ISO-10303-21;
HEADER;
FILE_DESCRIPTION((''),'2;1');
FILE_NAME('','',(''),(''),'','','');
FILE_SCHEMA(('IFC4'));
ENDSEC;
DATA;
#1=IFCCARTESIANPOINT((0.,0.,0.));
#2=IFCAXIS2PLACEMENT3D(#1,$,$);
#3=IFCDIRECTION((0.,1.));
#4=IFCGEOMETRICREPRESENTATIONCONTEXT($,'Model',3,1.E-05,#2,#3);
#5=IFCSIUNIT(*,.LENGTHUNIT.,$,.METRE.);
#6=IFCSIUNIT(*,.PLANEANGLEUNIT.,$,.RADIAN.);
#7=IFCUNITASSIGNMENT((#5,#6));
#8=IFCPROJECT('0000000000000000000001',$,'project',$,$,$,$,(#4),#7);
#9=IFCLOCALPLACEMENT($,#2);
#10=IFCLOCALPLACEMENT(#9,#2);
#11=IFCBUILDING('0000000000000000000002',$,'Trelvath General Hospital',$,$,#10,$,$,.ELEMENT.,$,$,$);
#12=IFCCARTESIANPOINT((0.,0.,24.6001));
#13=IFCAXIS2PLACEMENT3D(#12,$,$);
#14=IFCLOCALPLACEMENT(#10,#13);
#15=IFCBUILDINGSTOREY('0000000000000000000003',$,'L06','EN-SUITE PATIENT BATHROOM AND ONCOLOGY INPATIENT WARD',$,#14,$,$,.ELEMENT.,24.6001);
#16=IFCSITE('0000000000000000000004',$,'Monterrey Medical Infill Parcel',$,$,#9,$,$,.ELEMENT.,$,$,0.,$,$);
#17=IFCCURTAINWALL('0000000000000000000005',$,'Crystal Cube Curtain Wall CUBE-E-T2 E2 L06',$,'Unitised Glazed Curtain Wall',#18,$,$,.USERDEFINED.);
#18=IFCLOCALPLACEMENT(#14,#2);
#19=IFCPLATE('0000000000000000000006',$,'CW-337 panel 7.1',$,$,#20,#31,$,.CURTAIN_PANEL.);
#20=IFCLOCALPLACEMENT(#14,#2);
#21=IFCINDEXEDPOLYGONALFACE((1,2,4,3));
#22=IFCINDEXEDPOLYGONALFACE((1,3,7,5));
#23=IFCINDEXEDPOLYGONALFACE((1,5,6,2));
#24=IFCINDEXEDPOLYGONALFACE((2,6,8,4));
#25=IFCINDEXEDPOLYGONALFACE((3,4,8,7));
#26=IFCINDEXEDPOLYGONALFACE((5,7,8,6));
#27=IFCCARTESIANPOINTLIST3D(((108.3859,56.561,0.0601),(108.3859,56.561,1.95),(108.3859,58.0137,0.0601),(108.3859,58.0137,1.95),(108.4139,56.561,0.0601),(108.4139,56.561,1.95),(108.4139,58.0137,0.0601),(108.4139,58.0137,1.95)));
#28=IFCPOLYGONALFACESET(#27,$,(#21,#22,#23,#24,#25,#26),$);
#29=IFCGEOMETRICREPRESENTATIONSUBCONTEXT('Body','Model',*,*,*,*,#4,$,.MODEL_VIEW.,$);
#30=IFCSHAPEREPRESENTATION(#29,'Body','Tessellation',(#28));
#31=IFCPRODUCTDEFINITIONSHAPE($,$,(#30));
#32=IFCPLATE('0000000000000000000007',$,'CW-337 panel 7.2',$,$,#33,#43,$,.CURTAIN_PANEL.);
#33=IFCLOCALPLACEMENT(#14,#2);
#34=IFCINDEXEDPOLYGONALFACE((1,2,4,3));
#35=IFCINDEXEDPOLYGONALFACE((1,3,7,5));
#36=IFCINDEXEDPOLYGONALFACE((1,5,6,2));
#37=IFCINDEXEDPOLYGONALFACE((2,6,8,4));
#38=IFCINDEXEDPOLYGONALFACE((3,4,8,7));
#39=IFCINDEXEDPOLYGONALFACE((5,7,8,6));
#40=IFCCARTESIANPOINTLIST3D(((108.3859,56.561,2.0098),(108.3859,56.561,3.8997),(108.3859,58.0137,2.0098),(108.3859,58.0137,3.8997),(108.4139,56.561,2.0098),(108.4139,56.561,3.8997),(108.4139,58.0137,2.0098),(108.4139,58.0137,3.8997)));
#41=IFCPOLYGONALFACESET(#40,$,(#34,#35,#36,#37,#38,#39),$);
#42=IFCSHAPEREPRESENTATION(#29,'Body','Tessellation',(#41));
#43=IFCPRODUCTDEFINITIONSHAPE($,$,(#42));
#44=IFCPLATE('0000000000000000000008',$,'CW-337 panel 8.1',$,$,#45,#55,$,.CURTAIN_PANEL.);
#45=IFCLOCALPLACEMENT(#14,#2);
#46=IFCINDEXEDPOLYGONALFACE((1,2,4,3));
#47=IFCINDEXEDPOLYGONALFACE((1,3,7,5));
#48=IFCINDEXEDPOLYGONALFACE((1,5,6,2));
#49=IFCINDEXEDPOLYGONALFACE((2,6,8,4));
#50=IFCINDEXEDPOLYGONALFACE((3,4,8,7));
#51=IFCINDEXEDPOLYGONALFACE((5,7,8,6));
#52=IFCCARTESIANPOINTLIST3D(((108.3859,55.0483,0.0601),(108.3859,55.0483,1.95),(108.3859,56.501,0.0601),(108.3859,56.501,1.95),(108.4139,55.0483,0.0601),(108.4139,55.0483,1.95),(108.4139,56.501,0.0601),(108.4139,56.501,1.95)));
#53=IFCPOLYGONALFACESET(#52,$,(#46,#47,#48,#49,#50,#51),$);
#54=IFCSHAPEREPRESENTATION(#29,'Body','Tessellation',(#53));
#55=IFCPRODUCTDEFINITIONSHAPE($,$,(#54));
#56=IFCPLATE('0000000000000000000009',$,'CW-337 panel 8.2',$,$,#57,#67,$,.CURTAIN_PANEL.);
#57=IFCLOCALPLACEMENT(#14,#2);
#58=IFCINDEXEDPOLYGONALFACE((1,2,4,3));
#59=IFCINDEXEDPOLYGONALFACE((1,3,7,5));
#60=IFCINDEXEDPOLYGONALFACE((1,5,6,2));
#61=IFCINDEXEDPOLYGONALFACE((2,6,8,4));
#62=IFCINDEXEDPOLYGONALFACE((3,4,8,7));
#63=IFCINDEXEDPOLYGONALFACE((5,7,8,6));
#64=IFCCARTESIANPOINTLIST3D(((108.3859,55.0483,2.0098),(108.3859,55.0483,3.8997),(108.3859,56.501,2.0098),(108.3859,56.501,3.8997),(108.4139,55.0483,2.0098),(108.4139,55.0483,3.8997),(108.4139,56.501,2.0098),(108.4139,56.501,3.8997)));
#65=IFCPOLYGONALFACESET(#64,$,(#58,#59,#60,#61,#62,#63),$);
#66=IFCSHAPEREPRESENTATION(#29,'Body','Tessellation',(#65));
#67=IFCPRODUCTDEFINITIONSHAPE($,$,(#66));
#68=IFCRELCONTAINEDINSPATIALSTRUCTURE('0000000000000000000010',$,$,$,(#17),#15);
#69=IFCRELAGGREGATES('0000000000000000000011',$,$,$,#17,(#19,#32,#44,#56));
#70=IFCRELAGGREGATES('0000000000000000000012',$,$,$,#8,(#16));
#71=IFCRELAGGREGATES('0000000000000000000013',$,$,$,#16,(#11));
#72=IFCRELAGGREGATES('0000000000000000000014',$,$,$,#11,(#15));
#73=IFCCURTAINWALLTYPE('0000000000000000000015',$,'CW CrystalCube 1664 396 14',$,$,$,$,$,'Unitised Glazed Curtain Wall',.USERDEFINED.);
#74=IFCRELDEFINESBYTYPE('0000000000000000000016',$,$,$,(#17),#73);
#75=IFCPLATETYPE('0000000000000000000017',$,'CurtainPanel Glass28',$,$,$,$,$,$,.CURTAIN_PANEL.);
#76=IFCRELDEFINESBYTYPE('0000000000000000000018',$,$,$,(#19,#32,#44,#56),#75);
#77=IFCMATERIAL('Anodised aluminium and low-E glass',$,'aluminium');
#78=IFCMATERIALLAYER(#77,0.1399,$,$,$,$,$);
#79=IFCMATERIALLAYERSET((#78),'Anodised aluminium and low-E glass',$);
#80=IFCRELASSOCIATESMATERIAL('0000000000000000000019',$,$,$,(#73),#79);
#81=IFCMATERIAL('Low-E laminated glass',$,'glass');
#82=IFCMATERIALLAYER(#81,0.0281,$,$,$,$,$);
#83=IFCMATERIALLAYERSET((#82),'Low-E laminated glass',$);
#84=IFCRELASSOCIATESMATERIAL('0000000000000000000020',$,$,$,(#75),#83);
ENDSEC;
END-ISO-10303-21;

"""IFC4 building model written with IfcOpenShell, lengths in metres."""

from ifc_helpers import new_model, si_unit, direction, frame, origin, origin_2d, place, context, subcontext, project, spatial, rectangle, extrude, material, layer, layer_set, type_object, element, aggregate, save


model = new_model("IFC4")

# Units and contexts
model_context = context("Model", 3, precision=1e-05, world=origin(), true_north=direction((0.0, 1.0)))
body_context = subcontext(model_context, "Body", "Model", "MODEL_VIEW")
ifc_project = project(units=[si_unit("LENGTHUNIT", "METRE"), si_unit("PLANEANGLEUNIT", "RADIAN")], contexts=[model_context])

# Site, building, storey
site_placement = place(None, origin())
site = spatial("IfcSite", under=ifc_project, at=site_placement, Name="Monterrey Medical Infill Parcel", CompositionType="ELEMENT", RefElevation=0.0)
building_placement = place(site_placement, origin())
building = spatial("IfcBuilding", under=site, at=building_placement, Name="Trelvath General Hospital", CompositionType="ELEMENT")
storey_placement = place(building_placement, frame((0.0, 0.0, 24.6001)))
storey = spatial("IfcBuildingStorey", under=building, at=storey_placement, Name="L06", Description="EN-SUITE PATIENT BATHROOM AND ONCOLOGY INPATIENT WARD", CompositionType="ELEMENT", Elevation=24.6001)

# Curtain wall, plates
ifc_material_1 = material(Name="Anodised aluminium and low-E glass", Category="aluminium")
ifc_layer_1 = layer(ifc_material_1, 0.1399)
ifc_layer_set_1 = layer_set([ifc_layer_1], Name="Anodised aluminium and low-E glass")
curtain_wall_type = type_object("IfcCurtainWallType", Name="CW CrystalCube 1664 396 14", ElementType="Unitised Glazed Curtain Wall", PredefinedType="USERDEFINED", material=ifc_layer_set_1)
curtain_wall_placement = place(storey_placement, origin())
curtain_wall = element("IfcCurtainWall", 1, at=curtain_wall_placement, inside=storey, type_object=curtain_wall_type, Name="Crystal Cube Curtain Wall CUBE-E-T2 E2 L06", ObjectType="Unitised Glazed Curtain Wall", PredefinedType="USERDEFINED")
ifc_material_2 = material(Name="Low-E laminated glass", Category="glass")
ifc_layer_2 = layer(ifc_material_2, 0.0281)
ifc_layer_set_2 = layer_set([ifc_layer_2], Name="Low-E laminated glass")
plate_type = type_object("IfcPlateType", Name="CurtainPanel Glass28", PredefinedType="CURTAIN_PANEL", material=ifc_layer_set_2)
plate_1_placement = place(storey_placement, frame((108.3999, 57.2874, 0.0601), z_axis=(0.0, 0.0, 1.0), x_axis=(0.0, -1.0, 0.0)))
plate_1 = element("IfcPlate", 2, at=plate_1_placement, type_object=plate_type, Name="CW-337 panel 7.1", PredefinedType="CURTAIN_PANEL", context=body_context, shape_type="SweptSolid", body=[
    extrude(rectangle(XDim=1.4526, YDim=0.0281, at=origin_2d()), origin(), (0.0, 0.0, 1.0), 1.8899),
])
plate_2_placement = place(storey_placement, frame((108.3999, 57.2874, 2.0098), z_axis=(0.0, 0.0, 1.0), x_axis=(0.0, -1.0, 0.0)))
plate_2 = element("IfcPlate", 3, at=plate_2_placement, type_object=plate_type, Name="CW-337 panel 7.2", PredefinedType="CURTAIN_PANEL", context=body_context, shape_type="SweptSolid", body=[
    extrude(rectangle(XDim=1.4526, YDim=0.0281, at=origin_2d()), origin(), (0.0, 0.0, 1.0), 1.8899),
])
plate_3_placement = place(storey_placement, frame((108.3999, 55.7747, 0.0601), z_axis=(0.0, 0.0, 1.0), x_axis=(0.0, -1.0, 0.0)))
plate_3 = element("IfcPlate", 4, at=plate_3_placement, type_object=plate_type, Name="CW-337 panel 8.1", PredefinedType="CURTAIN_PANEL", context=body_context, shape_type="SweptSolid", body=[
    extrude(rectangle(XDim=1.4526, YDim=0.0281, at=origin_2d()), origin(), (0.0, 0.0, 1.0), 1.8899),
])
plate_4_placement = place(storey_placement, frame((108.3999, 55.7747, 2.0098), z_axis=(0.0, 0.0, 1.0), x_axis=(0.0, -1.0, 0.0)))
plate_4 = element("IfcPlate", 5, at=plate_4_placement, type_object=plate_type, Name="CW-337 panel 8.2", PredefinedType="CURTAIN_PANEL", context=body_context, shape_type="SweptSolid", body=[
    extrude(rectangle(XDim=1.4526, YDim=0.0281, at=origin_2d()), origin(), (0.0, 0.0, 1.0), 1.8899),
])
aggregate(curtain_wall, [plate_1, plate_2, plate_3, plate_4])

save(model, "model.ifc")
